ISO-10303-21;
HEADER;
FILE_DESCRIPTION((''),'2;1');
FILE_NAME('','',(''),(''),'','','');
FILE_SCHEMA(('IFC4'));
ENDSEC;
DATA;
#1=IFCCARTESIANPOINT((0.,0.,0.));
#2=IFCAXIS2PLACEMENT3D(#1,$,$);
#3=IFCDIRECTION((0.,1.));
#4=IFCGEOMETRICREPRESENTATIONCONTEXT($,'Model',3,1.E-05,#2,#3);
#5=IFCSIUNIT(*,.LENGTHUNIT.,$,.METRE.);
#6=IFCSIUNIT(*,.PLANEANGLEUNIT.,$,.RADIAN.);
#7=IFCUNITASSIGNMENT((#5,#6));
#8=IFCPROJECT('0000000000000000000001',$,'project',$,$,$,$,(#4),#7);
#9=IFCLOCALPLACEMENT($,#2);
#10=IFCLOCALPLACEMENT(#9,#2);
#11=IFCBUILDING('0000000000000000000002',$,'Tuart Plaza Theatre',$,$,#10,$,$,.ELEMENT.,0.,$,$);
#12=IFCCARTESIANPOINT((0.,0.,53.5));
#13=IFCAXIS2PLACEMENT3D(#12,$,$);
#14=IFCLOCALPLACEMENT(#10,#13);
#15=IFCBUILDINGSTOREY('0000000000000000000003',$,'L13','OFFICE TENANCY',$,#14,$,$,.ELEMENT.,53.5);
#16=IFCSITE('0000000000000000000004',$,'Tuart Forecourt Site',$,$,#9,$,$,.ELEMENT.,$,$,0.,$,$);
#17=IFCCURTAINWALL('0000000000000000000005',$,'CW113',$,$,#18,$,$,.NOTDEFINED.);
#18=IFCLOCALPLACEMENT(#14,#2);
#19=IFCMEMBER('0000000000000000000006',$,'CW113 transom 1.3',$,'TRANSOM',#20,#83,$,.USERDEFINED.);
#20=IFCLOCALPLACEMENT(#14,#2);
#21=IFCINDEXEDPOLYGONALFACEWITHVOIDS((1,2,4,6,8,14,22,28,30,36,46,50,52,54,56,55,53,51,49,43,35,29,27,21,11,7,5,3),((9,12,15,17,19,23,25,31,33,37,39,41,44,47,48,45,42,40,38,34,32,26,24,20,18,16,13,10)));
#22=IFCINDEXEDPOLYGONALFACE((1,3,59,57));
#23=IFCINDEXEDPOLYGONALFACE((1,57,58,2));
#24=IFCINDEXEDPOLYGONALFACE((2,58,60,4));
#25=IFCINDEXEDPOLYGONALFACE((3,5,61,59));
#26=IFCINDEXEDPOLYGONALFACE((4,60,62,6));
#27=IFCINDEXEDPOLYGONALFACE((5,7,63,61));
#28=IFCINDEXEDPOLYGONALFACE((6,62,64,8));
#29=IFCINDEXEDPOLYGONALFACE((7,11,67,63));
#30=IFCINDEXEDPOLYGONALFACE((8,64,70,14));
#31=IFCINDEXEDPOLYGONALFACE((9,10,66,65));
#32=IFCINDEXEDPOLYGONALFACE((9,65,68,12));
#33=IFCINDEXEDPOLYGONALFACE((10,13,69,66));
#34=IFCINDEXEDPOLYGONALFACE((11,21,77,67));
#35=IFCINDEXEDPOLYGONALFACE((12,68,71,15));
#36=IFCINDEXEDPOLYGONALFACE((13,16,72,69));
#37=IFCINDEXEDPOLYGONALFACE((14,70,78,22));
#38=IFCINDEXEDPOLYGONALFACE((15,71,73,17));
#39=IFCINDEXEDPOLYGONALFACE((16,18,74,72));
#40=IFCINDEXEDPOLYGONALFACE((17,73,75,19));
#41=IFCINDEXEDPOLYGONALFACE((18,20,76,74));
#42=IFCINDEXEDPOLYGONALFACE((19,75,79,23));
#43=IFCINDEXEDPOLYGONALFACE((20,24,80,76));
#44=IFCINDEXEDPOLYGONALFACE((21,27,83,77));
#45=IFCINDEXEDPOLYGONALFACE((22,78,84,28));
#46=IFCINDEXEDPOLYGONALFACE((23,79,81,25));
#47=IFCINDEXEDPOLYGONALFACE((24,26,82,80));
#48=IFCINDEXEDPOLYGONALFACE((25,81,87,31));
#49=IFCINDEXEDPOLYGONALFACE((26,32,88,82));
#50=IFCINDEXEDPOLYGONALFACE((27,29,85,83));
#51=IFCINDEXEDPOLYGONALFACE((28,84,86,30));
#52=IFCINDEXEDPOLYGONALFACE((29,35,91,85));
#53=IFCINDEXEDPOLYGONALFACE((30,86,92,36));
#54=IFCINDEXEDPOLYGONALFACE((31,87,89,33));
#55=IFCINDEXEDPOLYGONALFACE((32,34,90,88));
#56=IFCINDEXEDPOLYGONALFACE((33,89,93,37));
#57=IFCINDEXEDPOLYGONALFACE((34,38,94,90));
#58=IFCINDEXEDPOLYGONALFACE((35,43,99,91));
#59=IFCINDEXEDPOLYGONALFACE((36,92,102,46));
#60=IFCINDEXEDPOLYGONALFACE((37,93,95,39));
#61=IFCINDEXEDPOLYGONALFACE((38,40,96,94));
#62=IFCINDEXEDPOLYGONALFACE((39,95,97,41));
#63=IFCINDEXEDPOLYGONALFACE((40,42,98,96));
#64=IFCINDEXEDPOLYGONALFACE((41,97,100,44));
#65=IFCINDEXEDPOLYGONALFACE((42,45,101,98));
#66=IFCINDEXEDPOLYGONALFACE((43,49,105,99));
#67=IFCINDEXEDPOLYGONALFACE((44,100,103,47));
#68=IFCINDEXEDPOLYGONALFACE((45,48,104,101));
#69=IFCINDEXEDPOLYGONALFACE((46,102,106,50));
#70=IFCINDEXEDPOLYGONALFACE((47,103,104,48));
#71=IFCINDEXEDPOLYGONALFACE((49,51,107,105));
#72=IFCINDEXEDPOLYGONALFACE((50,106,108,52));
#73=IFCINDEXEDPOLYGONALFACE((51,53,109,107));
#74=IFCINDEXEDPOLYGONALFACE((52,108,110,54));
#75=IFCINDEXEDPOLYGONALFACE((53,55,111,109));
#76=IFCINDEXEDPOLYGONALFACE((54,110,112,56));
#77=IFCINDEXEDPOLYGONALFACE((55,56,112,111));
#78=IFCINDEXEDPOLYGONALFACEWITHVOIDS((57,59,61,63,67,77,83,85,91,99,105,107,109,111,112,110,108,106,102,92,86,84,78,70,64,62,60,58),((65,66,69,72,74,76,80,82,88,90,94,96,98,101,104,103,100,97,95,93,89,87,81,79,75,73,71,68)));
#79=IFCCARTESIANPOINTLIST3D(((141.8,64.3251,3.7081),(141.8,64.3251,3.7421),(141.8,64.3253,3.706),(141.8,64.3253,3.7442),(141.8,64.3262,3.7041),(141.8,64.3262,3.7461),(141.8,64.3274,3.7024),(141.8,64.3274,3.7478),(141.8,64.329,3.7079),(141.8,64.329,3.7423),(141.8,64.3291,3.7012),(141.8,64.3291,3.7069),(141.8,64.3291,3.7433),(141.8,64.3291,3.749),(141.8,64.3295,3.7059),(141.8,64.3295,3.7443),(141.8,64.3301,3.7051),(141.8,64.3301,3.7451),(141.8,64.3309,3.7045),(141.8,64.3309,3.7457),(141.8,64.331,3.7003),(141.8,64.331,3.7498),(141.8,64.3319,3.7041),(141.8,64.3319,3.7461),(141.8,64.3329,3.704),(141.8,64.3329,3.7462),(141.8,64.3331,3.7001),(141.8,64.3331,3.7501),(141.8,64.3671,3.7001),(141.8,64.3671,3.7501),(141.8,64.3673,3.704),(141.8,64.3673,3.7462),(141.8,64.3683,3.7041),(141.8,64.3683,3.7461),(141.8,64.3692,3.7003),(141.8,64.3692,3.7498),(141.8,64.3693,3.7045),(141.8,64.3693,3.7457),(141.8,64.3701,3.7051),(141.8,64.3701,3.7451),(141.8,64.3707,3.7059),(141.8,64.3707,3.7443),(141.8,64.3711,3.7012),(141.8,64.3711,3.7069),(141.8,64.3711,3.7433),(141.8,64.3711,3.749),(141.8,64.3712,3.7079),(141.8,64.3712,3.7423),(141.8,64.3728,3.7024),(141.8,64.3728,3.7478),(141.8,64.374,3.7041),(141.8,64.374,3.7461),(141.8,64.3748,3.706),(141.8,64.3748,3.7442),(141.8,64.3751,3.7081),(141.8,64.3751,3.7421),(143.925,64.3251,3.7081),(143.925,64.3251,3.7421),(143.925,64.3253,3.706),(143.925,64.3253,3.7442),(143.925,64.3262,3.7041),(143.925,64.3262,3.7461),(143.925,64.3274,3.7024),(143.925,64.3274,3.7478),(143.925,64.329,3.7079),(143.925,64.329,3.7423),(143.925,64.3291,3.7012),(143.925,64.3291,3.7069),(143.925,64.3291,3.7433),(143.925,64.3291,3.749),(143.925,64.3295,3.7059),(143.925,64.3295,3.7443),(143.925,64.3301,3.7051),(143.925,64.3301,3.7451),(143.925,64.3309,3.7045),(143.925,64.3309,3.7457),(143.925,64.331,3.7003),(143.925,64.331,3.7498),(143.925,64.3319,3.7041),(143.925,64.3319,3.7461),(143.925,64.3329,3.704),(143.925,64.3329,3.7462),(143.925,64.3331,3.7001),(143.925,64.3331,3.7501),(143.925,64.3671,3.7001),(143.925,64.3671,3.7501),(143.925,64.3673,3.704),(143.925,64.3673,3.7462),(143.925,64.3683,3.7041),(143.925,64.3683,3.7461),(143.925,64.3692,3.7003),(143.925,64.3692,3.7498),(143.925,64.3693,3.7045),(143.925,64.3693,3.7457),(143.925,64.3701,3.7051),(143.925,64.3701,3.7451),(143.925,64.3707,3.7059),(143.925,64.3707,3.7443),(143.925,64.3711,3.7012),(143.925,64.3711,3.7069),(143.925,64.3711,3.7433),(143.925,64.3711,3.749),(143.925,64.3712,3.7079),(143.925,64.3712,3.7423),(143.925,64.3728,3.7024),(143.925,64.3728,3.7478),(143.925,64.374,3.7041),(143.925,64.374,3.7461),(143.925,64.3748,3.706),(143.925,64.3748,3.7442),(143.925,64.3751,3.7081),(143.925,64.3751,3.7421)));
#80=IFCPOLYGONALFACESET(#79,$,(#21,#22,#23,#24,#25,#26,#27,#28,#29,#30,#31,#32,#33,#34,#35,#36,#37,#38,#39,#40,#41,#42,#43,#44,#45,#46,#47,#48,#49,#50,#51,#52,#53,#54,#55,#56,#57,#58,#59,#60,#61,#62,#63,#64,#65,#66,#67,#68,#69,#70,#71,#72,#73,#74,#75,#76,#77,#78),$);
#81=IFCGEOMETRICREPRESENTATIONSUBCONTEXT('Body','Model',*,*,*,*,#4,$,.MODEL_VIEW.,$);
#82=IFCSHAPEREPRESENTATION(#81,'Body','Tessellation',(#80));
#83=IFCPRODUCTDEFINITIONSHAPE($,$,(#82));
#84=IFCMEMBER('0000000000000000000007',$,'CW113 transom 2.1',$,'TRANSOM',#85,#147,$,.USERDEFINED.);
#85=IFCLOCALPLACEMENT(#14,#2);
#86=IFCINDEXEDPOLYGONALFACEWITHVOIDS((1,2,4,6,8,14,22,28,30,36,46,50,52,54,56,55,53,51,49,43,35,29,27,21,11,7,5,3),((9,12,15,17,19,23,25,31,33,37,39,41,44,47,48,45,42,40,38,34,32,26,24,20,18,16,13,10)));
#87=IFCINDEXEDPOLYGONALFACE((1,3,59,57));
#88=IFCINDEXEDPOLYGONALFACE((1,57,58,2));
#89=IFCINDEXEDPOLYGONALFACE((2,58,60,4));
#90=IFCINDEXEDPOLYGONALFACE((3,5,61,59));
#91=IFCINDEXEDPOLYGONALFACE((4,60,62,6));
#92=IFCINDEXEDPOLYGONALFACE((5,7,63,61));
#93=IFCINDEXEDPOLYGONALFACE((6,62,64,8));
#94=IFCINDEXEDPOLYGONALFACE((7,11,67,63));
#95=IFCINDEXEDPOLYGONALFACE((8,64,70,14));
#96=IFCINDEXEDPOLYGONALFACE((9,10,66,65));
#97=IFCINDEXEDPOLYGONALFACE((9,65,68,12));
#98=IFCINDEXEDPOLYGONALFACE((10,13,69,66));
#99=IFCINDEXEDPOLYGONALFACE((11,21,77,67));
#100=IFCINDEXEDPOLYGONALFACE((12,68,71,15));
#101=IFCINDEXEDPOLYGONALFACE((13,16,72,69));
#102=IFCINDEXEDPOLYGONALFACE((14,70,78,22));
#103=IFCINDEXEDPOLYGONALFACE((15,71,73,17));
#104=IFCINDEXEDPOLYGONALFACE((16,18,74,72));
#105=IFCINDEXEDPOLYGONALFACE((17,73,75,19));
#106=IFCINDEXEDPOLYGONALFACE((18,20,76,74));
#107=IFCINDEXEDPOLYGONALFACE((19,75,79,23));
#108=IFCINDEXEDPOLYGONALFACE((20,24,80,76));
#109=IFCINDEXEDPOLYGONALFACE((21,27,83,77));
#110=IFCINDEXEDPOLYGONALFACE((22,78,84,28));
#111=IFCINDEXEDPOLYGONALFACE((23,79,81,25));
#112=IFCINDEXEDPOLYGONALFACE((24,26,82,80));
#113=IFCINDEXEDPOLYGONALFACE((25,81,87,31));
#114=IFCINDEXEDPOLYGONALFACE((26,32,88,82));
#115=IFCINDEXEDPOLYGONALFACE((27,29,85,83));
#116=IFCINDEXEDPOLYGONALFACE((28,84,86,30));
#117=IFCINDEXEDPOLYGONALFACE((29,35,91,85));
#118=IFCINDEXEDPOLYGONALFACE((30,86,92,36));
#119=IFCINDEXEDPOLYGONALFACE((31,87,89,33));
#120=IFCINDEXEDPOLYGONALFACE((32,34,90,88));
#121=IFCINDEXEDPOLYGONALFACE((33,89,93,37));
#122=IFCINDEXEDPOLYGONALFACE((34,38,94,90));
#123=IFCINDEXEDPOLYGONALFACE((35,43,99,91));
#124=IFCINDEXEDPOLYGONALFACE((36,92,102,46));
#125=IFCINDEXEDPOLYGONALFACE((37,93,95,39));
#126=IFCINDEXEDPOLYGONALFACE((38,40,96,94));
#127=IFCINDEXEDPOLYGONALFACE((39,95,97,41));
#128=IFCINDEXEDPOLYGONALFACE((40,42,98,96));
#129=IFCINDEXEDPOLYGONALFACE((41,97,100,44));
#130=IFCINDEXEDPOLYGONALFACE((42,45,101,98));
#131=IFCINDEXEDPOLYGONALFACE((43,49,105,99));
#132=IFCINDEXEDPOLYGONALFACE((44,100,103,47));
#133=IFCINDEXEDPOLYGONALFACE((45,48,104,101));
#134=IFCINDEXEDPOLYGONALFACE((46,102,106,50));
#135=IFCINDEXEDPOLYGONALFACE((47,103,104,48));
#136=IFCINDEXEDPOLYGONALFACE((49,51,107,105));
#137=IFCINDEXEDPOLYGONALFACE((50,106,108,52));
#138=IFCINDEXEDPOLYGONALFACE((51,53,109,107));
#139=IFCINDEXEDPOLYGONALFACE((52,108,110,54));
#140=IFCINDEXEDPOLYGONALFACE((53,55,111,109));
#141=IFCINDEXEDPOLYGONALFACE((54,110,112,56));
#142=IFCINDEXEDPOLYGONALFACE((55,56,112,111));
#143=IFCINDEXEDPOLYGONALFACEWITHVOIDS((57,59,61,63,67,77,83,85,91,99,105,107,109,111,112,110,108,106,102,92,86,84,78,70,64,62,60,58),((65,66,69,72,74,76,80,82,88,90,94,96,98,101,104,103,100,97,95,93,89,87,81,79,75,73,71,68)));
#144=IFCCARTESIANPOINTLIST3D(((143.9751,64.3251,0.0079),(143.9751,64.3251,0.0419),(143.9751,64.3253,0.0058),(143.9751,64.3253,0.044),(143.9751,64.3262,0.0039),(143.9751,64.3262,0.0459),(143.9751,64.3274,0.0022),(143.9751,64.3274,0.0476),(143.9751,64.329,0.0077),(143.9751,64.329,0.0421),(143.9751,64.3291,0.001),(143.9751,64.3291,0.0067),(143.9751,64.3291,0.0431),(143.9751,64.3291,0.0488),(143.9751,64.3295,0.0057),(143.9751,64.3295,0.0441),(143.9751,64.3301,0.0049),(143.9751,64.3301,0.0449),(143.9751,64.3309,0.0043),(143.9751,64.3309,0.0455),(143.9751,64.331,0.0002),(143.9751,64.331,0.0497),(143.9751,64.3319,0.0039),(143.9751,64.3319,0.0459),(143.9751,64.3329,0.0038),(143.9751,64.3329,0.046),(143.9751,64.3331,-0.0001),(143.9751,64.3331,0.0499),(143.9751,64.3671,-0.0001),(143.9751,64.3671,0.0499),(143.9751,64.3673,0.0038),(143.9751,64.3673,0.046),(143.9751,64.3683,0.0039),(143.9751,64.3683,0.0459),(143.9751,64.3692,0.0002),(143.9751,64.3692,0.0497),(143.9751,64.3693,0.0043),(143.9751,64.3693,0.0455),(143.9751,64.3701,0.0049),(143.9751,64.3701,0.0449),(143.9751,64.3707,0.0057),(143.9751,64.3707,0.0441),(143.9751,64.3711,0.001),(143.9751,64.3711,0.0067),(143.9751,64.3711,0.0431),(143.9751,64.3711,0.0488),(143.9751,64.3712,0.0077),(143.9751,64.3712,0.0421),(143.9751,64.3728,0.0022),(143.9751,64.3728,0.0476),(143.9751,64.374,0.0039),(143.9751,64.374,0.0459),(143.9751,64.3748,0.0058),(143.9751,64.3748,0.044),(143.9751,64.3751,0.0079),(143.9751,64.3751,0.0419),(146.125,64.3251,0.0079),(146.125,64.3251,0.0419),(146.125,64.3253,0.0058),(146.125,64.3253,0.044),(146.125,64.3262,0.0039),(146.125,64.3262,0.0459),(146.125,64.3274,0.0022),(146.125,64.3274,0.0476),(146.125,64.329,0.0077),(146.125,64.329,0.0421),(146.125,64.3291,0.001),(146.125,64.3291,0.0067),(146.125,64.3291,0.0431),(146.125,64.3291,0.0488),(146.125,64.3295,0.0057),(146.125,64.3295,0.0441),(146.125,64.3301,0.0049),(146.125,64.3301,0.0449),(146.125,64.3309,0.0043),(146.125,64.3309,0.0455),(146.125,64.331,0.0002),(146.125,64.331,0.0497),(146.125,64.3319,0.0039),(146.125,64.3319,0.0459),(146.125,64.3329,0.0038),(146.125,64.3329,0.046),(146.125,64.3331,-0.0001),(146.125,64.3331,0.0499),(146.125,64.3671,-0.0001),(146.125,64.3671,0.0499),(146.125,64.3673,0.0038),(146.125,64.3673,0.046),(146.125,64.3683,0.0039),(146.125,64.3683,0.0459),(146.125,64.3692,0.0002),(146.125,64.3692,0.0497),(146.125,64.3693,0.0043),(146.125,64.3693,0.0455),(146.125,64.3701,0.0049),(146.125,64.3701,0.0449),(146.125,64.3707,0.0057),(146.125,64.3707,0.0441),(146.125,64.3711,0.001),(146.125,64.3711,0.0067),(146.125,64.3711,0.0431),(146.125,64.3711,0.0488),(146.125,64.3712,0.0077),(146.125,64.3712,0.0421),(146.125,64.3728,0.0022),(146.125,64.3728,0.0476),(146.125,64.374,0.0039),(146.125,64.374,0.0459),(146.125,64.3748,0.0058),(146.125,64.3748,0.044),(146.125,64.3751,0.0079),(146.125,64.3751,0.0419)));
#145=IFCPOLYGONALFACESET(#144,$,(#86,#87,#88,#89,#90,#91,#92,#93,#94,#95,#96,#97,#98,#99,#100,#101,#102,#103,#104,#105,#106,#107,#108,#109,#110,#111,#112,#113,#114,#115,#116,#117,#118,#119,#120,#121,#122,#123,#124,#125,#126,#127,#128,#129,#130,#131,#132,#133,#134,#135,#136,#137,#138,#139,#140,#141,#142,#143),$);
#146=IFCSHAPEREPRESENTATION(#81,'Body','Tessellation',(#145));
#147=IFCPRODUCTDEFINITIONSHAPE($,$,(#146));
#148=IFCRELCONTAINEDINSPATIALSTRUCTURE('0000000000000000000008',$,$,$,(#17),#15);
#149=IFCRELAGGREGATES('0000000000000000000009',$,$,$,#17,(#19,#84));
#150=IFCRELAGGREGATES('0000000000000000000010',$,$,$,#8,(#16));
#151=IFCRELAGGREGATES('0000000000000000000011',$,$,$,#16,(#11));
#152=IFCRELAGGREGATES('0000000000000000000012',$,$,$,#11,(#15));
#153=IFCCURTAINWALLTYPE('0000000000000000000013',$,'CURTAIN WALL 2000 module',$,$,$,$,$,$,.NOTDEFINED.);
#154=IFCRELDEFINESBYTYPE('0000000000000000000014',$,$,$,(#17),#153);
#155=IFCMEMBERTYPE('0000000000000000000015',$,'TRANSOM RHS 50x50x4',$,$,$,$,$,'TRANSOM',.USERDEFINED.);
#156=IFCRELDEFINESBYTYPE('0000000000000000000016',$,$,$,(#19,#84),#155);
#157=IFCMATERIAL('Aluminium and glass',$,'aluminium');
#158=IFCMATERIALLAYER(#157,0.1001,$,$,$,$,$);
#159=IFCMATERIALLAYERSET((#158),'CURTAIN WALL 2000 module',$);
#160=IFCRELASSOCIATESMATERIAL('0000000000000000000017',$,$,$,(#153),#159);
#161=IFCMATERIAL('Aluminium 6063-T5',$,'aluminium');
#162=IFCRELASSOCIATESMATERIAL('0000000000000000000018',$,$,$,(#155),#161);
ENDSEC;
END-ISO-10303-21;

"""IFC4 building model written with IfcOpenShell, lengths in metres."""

from ifc_helpers import new_model, si_unit, direction, frame, origin, origin_2d, place, context, subcontext, project, spatial, hollow_rectangle, extrude, material, layer, layer_set, material_profile, profile_set, type_object, element, aggregate, save


model = new_model("IFC4")

# Units and contexts
model_context = context("Model", 3, precision=1e-05, world=origin(), true_north=direction((0.0, 1.0)))
body_context = subcontext(model_context, "Body", "Model", "MODEL_VIEW")
ifc_project = project(units=[si_unit("LENGTHUNIT", "METRE"), si_unit("PLANEANGLEUNIT", "RADIAN")], contexts=[model_context])

# Site, building, storey
site_placement = place(None, origin())
site = spatial("IfcSite", under=ifc_project, at=site_placement, Name="Tuart Forecourt Site", CompositionType="ELEMENT", RefElevation=0.0)
building_placement = place(site_placement, origin())
building = spatial("IfcBuilding", under=site, at=building_placement, Name="Tuart Plaza Theatre", CompositionType="ELEMENT", ElevationOfRefHeight=0.0)
storey_placement = place(building_placement, frame((0.0, 0.0, 53.5)))
storey = spatial("IfcBuildingStorey", under=building, at=storey_placement, Name="L13", Description="OFFICE TENANCY", CompositionType="ELEMENT", Elevation=53.5)

# Curtain wall, members
ifc_material_1 = material(Name="Aluminium and glass", Category="aluminium")
ifc_layer_1 = layer(ifc_material_1, 0.1001)
ifc_layer_set_1 = layer_set([ifc_layer_1], Name="CURTAIN WALL 2000 module")
curtain_wall_type = type_object("IfcCurtainWallType", Name="CURTAIN WALL 2000 module", PredefinedType="NOTDEFINED", material=ifc_layer_set_1)
curtain_wall_placement = place(storey_placement, origin())
curtain_wall = element("IfcCurtainWall", 1, at=curtain_wall_placement, inside=storey, type_object=curtain_wall_type, Name="CW113", PredefinedType="NOTDEFINED")
ifc_material_2 = material(Name="Aluminium 6063-T5", Category="aluminium")
ifc_material_profile_1 = material_profile(ifc_material_2, hollow_rectangle(XDim=0.05, YDim=0.05, WallThickness=0.0039, InnerFilletRadius=0.0039, OuterFilletRadius=0.0081, at=origin_2d()), Name="RHS 50x50x4")
ifc_profile_set_1 = profile_set([ifc_material_profile_1], Name="Aluminium 6063-T5")
member_type_1 = type_object("IfcMemberType", Name="TRANSOM RHS 50x50x4", ElementType="TRANSOM", PredefinedType="USERDEFINED", material=ifc_profile_set_1)
member_1_placement = place(storey_placement, frame((141.8, 64.3501, 3.7251), z_axis=(1.0, 0.0, 0.0), x_axis=(0.0, 1.0, 0.0)))
member_1 = element("IfcMember", 2, at=member_1_placement, type_object=member_type_1, Name="CW113 transom 1.3", ObjectType="TRANSOM", PredefinedType="USERDEFINED", context=body_context, shape_type="SweptSolid", body=[
    extrude(hollow_rectangle(XDim=0.05, YDim=0.05, WallThickness=0.0039, InnerFilletRadius=0.0039, OuterFilletRadius=0.0081, at=origin_2d()), origin(), (0.0, 0.0, 1.0), 2.125),
])
member_2_placement = place(storey_placement, frame((143.9751, 64.3501, 0.0249), z_axis=(1.0, 0.0, 0.0), x_axis=(0.0, 1.0, 0.0)))
member_2 = element("IfcMember", 3, at=member_2_placement, type_object=member_type_1, Name="CW113 transom 2.1", ObjectType="TRANSOM", PredefinedType="USERDEFINED", context=body_context, shape_type="SweptSolid", body=[
    extrude(hollow_rectangle(XDim=0.05, YDim=0.05, WallThickness=0.0039, InnerFilletRadius=0.0039, OuterFilletRadius=0.0081, at=origin_2d()), origin(), (0.0, 0.0, 1.0), 2.1499),
])
aggregate(curtain_wall, [member_1, member_2])

save(model, "model.ifc")
